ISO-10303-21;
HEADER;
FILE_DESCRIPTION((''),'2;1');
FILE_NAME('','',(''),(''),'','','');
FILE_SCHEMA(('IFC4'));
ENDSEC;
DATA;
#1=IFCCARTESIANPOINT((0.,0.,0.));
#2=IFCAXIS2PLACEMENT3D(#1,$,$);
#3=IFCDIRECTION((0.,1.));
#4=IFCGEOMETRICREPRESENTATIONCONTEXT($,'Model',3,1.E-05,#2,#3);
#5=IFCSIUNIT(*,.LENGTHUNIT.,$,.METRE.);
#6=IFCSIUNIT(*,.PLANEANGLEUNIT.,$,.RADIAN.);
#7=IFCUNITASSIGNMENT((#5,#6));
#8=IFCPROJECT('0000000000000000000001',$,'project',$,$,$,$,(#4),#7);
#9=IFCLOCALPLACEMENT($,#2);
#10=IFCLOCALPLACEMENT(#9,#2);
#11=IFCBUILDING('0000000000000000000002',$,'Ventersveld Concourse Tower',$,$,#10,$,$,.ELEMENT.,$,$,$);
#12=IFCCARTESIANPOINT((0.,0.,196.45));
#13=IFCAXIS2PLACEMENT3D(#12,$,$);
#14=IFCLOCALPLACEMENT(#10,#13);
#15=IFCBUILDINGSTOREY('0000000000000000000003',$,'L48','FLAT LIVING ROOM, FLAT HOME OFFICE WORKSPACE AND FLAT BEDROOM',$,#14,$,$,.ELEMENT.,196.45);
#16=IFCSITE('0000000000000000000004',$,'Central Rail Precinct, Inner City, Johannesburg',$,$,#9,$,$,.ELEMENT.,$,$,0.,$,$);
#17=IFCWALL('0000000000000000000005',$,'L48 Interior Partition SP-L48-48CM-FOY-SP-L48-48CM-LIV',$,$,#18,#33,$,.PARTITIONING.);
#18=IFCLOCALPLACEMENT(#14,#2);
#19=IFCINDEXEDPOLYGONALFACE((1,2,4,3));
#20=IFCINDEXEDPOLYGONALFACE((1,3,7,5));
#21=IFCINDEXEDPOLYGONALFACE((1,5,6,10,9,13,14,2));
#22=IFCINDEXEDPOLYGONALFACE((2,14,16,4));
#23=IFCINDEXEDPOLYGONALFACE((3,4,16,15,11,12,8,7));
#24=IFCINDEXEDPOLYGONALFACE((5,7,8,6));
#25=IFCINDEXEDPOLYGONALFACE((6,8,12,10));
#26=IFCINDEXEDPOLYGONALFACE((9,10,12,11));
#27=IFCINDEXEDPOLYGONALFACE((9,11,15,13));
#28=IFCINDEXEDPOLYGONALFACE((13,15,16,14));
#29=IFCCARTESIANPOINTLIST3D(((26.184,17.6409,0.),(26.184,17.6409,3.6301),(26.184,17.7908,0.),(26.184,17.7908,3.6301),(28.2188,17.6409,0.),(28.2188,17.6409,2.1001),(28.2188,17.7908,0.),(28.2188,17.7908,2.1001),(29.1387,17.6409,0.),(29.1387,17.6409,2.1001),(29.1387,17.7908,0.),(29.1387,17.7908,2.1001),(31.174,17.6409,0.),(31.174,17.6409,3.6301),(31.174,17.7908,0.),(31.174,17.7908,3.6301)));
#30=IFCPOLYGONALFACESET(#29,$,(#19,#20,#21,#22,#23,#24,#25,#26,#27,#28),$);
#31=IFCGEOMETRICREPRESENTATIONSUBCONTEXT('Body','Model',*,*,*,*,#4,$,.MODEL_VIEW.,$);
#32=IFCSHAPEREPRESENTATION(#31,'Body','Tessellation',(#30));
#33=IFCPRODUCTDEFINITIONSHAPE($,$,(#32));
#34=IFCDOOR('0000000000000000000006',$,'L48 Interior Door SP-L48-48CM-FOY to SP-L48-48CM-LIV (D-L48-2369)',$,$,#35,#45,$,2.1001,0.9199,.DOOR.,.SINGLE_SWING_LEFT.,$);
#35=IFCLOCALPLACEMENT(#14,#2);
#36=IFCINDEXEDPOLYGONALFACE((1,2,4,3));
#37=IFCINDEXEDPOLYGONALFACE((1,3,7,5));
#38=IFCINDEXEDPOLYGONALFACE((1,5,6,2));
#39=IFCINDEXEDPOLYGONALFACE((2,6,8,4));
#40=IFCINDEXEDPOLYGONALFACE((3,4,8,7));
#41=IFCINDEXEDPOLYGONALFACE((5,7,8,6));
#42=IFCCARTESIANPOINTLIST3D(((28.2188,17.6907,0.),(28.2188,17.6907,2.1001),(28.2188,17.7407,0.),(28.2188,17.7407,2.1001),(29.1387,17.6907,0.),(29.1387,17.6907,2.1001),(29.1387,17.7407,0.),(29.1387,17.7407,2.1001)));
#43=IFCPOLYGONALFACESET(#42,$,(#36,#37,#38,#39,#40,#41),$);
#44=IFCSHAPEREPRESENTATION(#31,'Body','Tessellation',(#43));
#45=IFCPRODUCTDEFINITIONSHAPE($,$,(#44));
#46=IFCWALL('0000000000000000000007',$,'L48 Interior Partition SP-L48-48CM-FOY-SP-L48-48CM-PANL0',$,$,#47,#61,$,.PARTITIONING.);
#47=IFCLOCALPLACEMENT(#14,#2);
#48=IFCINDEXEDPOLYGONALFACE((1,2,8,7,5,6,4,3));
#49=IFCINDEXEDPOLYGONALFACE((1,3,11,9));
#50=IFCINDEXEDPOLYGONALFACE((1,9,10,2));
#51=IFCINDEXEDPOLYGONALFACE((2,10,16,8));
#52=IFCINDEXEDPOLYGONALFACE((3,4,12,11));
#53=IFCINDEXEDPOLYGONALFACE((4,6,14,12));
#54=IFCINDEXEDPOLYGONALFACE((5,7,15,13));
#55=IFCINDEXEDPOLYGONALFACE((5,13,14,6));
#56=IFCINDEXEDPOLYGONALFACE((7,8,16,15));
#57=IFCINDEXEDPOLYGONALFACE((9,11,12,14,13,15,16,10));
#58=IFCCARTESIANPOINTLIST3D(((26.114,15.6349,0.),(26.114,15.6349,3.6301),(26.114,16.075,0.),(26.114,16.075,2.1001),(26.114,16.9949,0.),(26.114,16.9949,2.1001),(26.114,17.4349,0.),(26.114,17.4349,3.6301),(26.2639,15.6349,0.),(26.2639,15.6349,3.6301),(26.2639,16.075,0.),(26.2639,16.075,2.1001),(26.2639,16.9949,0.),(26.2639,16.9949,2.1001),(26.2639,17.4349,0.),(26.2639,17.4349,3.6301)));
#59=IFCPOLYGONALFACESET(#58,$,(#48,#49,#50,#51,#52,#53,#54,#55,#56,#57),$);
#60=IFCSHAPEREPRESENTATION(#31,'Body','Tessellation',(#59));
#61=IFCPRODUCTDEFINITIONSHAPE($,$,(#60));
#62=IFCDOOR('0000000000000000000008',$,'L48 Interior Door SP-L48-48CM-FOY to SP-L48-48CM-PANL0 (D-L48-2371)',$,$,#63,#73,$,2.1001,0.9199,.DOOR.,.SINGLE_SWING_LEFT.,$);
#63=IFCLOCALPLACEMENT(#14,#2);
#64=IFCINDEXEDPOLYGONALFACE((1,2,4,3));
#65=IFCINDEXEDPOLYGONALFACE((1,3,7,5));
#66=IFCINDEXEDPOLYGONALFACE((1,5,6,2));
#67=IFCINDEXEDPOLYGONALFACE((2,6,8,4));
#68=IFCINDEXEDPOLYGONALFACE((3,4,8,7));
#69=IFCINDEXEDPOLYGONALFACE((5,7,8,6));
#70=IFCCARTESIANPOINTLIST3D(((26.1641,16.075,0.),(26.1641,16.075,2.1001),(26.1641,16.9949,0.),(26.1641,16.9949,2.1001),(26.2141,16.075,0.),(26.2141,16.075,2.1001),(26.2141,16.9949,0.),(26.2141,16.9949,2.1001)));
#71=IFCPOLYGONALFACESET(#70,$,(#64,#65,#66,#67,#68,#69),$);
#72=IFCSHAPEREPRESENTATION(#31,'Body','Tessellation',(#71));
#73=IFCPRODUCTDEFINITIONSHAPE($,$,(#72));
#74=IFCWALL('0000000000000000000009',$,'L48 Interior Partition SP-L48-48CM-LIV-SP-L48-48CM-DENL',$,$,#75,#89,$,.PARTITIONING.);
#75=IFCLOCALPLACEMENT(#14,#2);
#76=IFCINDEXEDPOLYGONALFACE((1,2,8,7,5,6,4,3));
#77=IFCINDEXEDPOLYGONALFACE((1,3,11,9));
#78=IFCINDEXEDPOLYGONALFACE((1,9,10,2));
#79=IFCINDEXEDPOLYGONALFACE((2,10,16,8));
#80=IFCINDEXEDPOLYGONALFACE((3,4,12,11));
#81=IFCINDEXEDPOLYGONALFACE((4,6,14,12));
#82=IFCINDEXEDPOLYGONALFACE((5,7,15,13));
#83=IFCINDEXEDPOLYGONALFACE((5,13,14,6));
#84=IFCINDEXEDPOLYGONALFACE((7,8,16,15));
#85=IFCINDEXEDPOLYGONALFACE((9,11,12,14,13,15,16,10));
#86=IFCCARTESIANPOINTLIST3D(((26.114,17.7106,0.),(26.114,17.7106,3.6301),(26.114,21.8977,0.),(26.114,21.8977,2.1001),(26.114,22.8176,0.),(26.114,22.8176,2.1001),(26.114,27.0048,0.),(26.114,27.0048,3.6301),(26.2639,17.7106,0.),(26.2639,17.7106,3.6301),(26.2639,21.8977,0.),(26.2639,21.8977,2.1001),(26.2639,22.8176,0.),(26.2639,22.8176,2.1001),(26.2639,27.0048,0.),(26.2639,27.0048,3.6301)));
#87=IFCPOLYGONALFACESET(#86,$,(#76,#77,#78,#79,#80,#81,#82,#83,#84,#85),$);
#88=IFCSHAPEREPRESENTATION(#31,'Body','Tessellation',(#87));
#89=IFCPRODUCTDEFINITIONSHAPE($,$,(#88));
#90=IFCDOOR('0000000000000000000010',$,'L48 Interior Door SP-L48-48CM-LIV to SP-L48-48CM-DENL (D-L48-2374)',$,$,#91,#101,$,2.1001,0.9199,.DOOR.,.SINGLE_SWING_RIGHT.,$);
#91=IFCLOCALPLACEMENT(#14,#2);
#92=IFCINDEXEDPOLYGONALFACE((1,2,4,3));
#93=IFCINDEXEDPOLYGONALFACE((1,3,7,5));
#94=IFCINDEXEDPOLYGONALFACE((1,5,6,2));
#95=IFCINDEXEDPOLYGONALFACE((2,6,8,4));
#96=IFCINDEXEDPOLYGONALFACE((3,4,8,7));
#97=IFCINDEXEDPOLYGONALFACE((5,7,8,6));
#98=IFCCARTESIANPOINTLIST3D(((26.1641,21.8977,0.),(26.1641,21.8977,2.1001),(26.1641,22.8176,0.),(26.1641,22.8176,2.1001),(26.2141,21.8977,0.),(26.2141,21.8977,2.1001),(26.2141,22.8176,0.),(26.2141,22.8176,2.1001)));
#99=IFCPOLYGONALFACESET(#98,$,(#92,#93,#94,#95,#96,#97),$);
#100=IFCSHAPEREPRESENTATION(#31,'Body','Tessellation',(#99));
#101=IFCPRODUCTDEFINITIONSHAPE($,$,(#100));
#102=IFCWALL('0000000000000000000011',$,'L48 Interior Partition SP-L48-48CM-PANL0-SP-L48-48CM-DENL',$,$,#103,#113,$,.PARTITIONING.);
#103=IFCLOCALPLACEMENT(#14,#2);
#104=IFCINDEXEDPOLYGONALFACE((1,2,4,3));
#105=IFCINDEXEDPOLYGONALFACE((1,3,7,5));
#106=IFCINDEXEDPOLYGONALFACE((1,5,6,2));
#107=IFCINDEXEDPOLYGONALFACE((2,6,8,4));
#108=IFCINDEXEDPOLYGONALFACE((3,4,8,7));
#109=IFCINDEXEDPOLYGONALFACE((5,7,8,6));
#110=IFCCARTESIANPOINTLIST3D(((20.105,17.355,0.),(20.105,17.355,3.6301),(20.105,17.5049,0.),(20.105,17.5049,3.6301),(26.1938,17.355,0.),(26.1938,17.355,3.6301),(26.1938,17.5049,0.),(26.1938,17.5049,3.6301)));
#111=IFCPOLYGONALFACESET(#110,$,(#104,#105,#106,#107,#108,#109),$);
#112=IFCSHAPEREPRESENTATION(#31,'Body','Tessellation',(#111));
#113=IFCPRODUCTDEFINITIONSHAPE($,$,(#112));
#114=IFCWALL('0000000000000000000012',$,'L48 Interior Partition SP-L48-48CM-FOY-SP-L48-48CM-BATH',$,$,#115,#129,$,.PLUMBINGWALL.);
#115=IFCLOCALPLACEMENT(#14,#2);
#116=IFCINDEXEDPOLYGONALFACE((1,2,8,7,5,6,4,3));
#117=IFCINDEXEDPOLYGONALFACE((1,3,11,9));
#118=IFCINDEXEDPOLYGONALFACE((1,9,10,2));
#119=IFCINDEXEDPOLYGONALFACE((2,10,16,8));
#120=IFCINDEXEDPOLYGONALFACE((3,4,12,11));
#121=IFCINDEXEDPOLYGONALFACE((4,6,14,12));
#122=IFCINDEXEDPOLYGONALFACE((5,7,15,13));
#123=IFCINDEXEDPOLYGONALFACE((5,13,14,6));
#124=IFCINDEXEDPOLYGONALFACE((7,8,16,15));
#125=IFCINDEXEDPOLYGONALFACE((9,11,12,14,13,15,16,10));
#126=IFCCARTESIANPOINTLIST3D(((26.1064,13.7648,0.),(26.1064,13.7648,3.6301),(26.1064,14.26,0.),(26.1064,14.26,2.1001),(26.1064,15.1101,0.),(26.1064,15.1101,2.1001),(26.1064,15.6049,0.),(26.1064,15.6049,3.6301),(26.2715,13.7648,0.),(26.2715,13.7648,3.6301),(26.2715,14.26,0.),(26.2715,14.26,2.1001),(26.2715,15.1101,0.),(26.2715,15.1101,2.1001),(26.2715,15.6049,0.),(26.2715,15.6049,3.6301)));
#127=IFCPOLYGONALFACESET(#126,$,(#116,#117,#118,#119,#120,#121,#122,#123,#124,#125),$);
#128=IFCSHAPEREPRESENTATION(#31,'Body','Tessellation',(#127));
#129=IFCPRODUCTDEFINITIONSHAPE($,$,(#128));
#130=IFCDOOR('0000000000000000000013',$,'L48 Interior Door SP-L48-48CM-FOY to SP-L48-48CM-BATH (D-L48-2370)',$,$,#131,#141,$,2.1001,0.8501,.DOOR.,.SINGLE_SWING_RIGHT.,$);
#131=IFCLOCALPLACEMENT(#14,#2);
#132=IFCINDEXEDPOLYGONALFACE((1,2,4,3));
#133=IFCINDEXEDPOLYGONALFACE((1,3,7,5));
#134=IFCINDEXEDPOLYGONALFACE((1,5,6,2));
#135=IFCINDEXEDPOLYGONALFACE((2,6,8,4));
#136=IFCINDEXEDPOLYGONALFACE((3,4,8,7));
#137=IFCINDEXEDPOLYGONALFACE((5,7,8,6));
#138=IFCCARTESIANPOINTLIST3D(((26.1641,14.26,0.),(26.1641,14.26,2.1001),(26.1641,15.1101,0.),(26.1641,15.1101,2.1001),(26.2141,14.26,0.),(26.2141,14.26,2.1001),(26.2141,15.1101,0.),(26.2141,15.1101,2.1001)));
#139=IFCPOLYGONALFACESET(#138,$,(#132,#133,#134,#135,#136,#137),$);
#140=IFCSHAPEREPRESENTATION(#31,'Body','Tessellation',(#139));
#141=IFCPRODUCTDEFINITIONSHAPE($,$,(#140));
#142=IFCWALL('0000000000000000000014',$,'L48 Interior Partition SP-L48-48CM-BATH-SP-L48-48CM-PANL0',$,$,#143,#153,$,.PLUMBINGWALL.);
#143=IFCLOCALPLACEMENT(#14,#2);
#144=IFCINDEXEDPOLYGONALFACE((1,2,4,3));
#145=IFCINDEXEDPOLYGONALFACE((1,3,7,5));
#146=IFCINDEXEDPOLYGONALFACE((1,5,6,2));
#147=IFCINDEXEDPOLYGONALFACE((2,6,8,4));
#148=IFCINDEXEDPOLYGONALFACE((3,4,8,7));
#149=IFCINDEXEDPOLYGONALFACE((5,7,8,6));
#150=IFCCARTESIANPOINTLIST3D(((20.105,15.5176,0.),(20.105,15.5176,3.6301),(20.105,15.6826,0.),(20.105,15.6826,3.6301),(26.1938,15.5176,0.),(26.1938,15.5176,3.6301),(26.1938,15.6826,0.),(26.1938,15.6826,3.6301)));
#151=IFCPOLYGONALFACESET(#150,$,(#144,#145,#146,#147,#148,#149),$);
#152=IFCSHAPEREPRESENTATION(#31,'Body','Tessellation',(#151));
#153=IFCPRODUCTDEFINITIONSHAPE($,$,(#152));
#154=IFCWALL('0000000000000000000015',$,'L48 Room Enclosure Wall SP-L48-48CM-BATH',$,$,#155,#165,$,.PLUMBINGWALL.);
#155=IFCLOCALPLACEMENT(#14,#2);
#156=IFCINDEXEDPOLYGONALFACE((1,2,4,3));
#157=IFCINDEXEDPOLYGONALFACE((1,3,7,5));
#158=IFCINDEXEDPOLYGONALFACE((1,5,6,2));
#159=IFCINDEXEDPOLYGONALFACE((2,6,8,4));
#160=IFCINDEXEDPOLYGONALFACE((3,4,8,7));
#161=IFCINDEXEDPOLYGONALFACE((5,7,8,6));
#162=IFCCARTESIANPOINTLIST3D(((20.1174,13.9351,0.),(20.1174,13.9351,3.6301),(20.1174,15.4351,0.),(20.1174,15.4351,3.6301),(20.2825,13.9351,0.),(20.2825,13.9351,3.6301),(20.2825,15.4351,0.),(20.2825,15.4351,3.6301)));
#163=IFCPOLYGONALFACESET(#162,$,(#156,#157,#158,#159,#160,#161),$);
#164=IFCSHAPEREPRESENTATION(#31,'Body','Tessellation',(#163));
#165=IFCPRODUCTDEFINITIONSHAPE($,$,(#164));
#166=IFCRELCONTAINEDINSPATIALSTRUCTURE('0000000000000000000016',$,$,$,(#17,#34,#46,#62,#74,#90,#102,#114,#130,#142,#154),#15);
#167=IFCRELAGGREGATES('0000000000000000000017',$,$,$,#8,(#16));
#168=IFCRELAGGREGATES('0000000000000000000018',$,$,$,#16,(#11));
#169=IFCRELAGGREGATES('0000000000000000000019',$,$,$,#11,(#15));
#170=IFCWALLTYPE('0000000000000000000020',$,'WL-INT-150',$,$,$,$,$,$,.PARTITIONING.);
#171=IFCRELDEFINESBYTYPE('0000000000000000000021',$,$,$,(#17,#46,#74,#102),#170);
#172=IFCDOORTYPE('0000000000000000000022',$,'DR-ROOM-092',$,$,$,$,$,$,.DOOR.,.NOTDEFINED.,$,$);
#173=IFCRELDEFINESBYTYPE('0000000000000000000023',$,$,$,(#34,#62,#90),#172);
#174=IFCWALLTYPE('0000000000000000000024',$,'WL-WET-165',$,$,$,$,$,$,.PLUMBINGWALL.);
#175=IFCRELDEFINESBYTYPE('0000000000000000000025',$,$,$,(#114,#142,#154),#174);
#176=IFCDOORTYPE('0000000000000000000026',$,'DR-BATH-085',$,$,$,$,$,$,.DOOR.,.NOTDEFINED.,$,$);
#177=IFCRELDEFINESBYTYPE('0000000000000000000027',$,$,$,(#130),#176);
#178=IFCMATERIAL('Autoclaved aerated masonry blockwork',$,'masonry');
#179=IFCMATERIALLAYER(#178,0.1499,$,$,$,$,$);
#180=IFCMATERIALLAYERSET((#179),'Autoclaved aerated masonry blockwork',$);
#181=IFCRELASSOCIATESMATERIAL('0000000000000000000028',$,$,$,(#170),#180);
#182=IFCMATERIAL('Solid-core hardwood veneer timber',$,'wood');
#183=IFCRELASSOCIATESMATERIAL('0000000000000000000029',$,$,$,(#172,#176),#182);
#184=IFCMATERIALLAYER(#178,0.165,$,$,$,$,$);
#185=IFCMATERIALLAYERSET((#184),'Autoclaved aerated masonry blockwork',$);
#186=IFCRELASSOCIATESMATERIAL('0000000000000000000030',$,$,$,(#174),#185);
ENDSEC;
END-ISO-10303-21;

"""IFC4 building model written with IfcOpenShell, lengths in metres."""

from ifc_helpers import new_model, si_unit, direction, frame, frame_2d, origin, place, context, subcontext, project, spatial, rectangle, extrude, material, layer, layer_set, type_object, element, fill, save


model = new_model("IFC4")

# Units and contexts
model_context = context("Model", 3, precision=1e-05, world=origin(), true_north=direction((0.0, 1.0)))
body_context = subcontext(model_context, "Body", "Model", "MODEL_VIEW")
ifc_project = project(units=[si_unit("LENGTHUNIT", "METRE"), si_unit("PLANEANGLEUNIT", "RADIAN")], contexts=[model_context])

# Site, building, storey
site_placement = place(None, origin())
site = spatial("IfcSite", under=ifc_project, at=site_placement, Name="Central Rail Precinct, Inner City, Johannesburg", CompositionType="ELEMENT", RefElevation=0.0)
building_placement = place(site_placement, origin())
building = spatial("IfcBuilding", under=site, at=building_placement, Name="Ventersveld Concourse Tower", CompositionType="ELEMENT")
storey_placement = place(building_placement, frame((0.0, 0.0, 196.45)))
storey = spatial("IfcBuildingStorey", under=building, at=storey_placement, Name="L48", Description="FLAT LIVING ROOM, FLAT HOME OFFICE WORKSPACE AND FLAT BEDROOM", CompositionType="ELEMENT", Elevation=196.45)

# Shared definitions
ifc_material_1 = material(Name="Solid-core hardwood veneer timber", Category="wood")

# Walls, openings, doors
ifc_material_2 = material(Name="Autoclaved aerated masonry blockwork", Category="masonry")
ifc_layer_1 = layer(ifc_material_2, 0.1499)
ifc_layer_set_1 = layer_set([ifc_layer_1], Name="Autoclaved aerated masonry blockwork")
wall_type_1 = type_object("IfcWallType", Name="WL-INT-150", PredefinedType="PARTITIONING", material=ifc_layer_set_1)
wall_1_placement = place(storey_placement, frame((26.1838, 17.7158, 0.0), z_axis=(0.0, 0.0, 1.0), x_axis=(1.0, 0.0, 0.0)))
wall_1 = element("IfcWall", 1, at=wall_1_placement, inside=storey, type_object=wall_type_1, Name="L48 Interior Partition SP-L48-48CM-FOY-SP-L48-48CM-LIV", PredefinedType="PARTITIONING", context=body_context, shape_type="SweptSolid", body=[
    extrude(rectangle(XDim=4.99, YDim=0.1499, at=frame_2d((2.4951, 0.0))), origin(), (0.0, 0.0, 1.0), 3.6301),
])
opening_1_placement = place(wall_1_placement, frame((2.0349, 0.0, 0.0)))
opening_1 = element("IfcOpeningElement", 2, at=opening_1_placement, cuts=wall_1, PredefinedType="OPENING", context=body_context, shape_type="SweptSolid", body=[
    extrude(rectangle(XDim=0.9199, YDim=2.1001, at=frame_2d((0.46, 1.05))), frame((0.0, 0.085, 0.0), z_axis=(0.0, -1.0, 0.0), x_axis=(1.0, 0.0, 0.0)), (0.0, 0.0, 1.0), 0.1699),
])
door_type_1 = type_object("IfcDoorType", Name="DR-ROOM-092", OperationType="NOTDEFINED", PredefinedType="DOOR", material=ifc_material_1)
door_1_placement = place(opening_1_placement, origin())
door_1 = element("IfcDoor", 3, at=door_1_placement, inside=storey, type_object=door_type_1, Name="L48 Interior Door SP-L48-48CM-FOY to SP-L48-48CM-LIV (D-L48-2369)", OperationType="SINGLE_SWING_LEFT", OverallHeight=2.1001, OverallWidth=0.9199, PredefinedType="DOOR", context=body_context, shape_type="SweptSolid", body=[
    extrude(rectangle(XDim=0.9199, YDim=2.1001, at=frame_2d((0.46, 1.05))), frame((0.0, 0.0249, 0.0), z_axis=(0.0, -1.0, 0.0), x_axis=(1.0, 0.0, 0.0)), (0.0, 0.0, 1.0), 0.05),
])
fill(opening_1, door_1)
wall_2_placement = place(storey_placement, frame((26.189, 15.635, 0.0), z_axis=(0.0, 0.0, 1.0), x_axis=(0.0, 1.0, 0.0)))
wall_2 = element("IfcWall", 4, at=wall_2_placement, inside=storey, type_object=wall_type_1, Name="L48 Interior Partition SP-L48-48CM-FOY-SP-L48-48CM-PANL0", PredefinedType="PARTITIONING", context=body_context, shape_type="SweptSolid", body=[
    extrude(rectangle(XDim=1.8, YDim=0.1499, at=frame_2d((0.8999, 0.0))), origin(), (0.0, 0.0, 1.0), 3.6301),
])
opening_2_placement = place(wall_2_placement, frame((0.4399, 0.0, 0.0)))
opening_2 = element("IfcOpeningElement", 5, at=opening_2_placement, cuts=wall_2, PredefinedType="OPENING", context=body_context, shape_type="SweptSolid", body=[
    extrude(rectangle(XDim=0.9199, YDim=2.1001, at=frame_2d((0.46, 1.05))), frame((0.0, 0.085, 0.0), z_axis=(0.0, -1.0, 0.0), x_axis=(1.0, 0.0, 0.0)), (0.0, 0.0, 1.0), 0.1699),
])
door_2_placement = place(opening_2_placement, origin())
door_2 = element("IfcDoor", 6, at=door_2_placement, inside=storey, type_object=door_type_1, Name="L48 Interior Door SP-L48-48CM-FOY to SP-L48-48CM-PANL0 (D-L48-2371)", OperationType="SINGLE_SWING_LEFT", OverallHeight=2.1001, OverallWidth=0.9199, PredefinedType="DOOR", context=body_context, shape_type="SweptSolid", body=[
    extrude(rectangle(XDim=0.9199, YDim=2.1001, at=frame_2d((0.46, 1.05))), frame((0.0, 0.0249, 0.0), z_axis=(0.0, -1.0, 0.0), x_axis=(1.0, 0.0, 0.0)), (0.0, 0.0, 1.0), 0.05),
])
fill(opening_2, door_2)
wall_3_placement = place(storey_placement, frame((26.189, 17.7107, 0.0), z_axis=(0.0, 0.0, 1.0), x_axis=(0.0, 1.0, 0.0)))
wall_3 = element("IfcWall", 7, at=wall_3_placement, inside=storey, type_object=wall_type_1, Name="L48 Interior Partition SP-L48-48CM-LIV-SP-L48-48CM-DENL", PredefinedType="PARTITIONING", context=body_context, shape_type="SweptSolid", body=[
    extrude(rectangle(XDim=9.2942, YDim=0.1499, at=frame_2d((4.647, 0.0))), origin(), (0.0, 0.0, 1.0), 3.6301),
])
opening_3_placement = place(wall_3_placement, frame((4.187, 0.0, 0.0)))
opening_3 = element("IfcOpeningElement", 8, at=opening_3_placement, cuts=wall_3, PredefinedType="OPENING", context=body_context, shape_type="SweptSolid", body=[
    extrude(rectangle(XDim=0.9199, YDim=2.1001, at=frame_2d((0.46, 1.05))), frame((0.0, 0.085, 0.0), z_axis=(0.0, -1.0, 0.0), x_axis=(1.0, 0.0, 0.0)), (0.0, 0.0, 1.0), 0.1699),
])
door_3_placement = place(opening_3_placement, origin())
door_3 = element("IfcDoor", 9, at=door_3_placement, inside=storey, type_object=door_type_1, Name="L48 Interior Door SP-L48-48CM-LIV to SP-L48-48CM-DENL (D-L48-2374)", OperationType="SINGLE_SWING_RIGHT", OverallHeight=2.1001, OverallWidth=0.9199, PredefinedType="DOOR", context=body_context, shape_type="SweptSolid", body=[
    extrude(rectangle(XDim=0.9199, YDim=2.1001, at=frame_2d((0.46, 1.05))), frame((0.0, 0.0249, 0.0), z_axis=(0.0, -1.0, 0.0), x_axis=(1.0, 0.0, 0.0)), (0.0, 0.0, 1.0), 0.05),
])
fill(opening_3, door_3)

# Wall
wall_4_placement = place(storey_placement, frame((20.105, 17.4299, 0.0), z_axis=(0.0, 0.0, 1.0), x_axis=(1.0, 0.0, 0.0)))
element("IfcWall", 10, at=wall_4_placement, inside=storey, type_object=wall_type_1, Name="L48 Interior Partition SP-L48-48CM-PANL0-SP-L48-48CM-DENL", PredefinedType="PARTITIONING", context=body_context, shape_type="SweptSolid", body=[
    extrude(rectangle(XDim=6.0889, YDim=0.1499, at=frame_2d((3.0444, 0.0))), origin(), (0.0, 0.0, 1.0), 3.6301),
])

# Wall, opening, door
ifc_layer_2 = layer(ifc_material_2, 0.165)
ifc_layer_set_2 = layer_set([ifc_layer_2], Name="Autoclaved aerated masonry blockwork")
wall_type_2 = type_object("IfcWallType", Name="WL-WET-165", PredefinedType="PLUMBINGWALL", material=ifc_layer_set_2)
wall_5_placement = place(storey_placement, frame((26.189, 13.7649, 0.0), z_axis=(0.0, 0.0, 1.0), x_axis=(0.0, 1.0, 0.0)))
wall_5 = element("IfcWall", 11, at=wall_5_placement, inside=storey, type_object=wall_type_2, Name="L48 Interior Partition SP-L48-48CM-FOY-SP-L48-48CM-BATH", PredefinedType="PLUMBINGWALL", context=body_context, shape_type="SweptSolid", body=[
    extrude(rectangle(XDim=1.8401, YDim=0.165, at=frame_2d((0.9199, 0.0))), origin(), (0.0, 0.0, 1.0), 3.6301),
])
opening_4_placement = place(wall_5_placement, frame((0.4951, 0.0, 0.0)))
opening_4 = element("IfcOpeningElement", 12, at=opening_4_placement, cuts=wall_5, PredefinedType="OPENING", context=body_context, shape_type="SweptSolid", body=[
    extrude(rectangle(XDim=0.8501, YDim=2.1001, at=frame_2d((0.425, 1.05))), frame((0.0, 0.0925, 0.0), z_axis=(0.0, -1.0, 0.0), x_axis=(1.0, 0.0, 0.0)), (0.0, 0.0, 1.0), 0.1851),
])
door_type_2 = type_object("IfcDoorType", Name="DR-BATH-085", OperationType="NOTDEFINED", PredefinedType="DOOR", material=ifc_material_1)
door_4_placement = place(opening_4_placement, origin())
door_4 = element("IfcDoor", 13, at=door_4_placement, inside=storey, type_object=door_type_2, Name="L48 Interior Door SP-L48-48CM-FOY to SP-L48-48CM-BATH (D-L48-2370)", OperationType="SINGLE_SWING_RIGHT", OverallHeight=2.1001, OverallWidth=0.8501, PredefinedType="DOOR", context=body_context, shape_type="SweptSolid", body=[
    extrude(rectangle(XDim=0.8501, YDim=2.1001, at=frame_2d((0.425, 1.05))), frame((0.0, 0.0249, 0.0), z_axis=(0.0, -1.0, 0.0), x_axis=(1.0, 0.0, 0.0)), (0.0, 0.0, 1.0), 0.05),
])
fill(opening_4, door_4)

# Walls
wall_6_placement = place(storey_placement, frame((20.105, 15.6001, 0.0), z_axis=(0.0, 0.0, 1.0), x_axis=(1.0, 0.0, 0.0)))
element("IfcWall", 14, at=wall_6_placement, inside=storey, type_object=wall_type_2, Name="L48 Interior Partition SP-L48-48CM-BATH-SP-L48-48CM-PANL0", PredefinedType="PLUMBINGWALL", context=body_context, shape_type="SweptSolid", body=[
    extrude(rectangle(XDim=6.0889, YDim=0.165, at=frame_2d((3.0444, 0.0))), origin(), (0.0, 0.0, 1.0), 3.6301),
])
wall_7_placement = place(storey_placement, frame((20.2, 13.9351, 0.0), z_axis=(0.0, 0.0, 1.0), x_axis=(0.0, 1.0, 0.0)))
element("IfcWall", 15, at=wall_7_placement, inside=storey, type_object=wall_type_2, Name="L48 Room Enclosure Wall SP-L48-48CM-BATH", PredefinedType="PLUMBINGWALL", context=body_context, shape_type="SweptSolid", body=[
    extrude(rectangle(XDim=1.5, YDim=0.165, at=frame_2d((0.75, 0.0))), origin(), (0.0, 0.0, 1.0), 3.6301),
])

save(model, "model.ifc")
